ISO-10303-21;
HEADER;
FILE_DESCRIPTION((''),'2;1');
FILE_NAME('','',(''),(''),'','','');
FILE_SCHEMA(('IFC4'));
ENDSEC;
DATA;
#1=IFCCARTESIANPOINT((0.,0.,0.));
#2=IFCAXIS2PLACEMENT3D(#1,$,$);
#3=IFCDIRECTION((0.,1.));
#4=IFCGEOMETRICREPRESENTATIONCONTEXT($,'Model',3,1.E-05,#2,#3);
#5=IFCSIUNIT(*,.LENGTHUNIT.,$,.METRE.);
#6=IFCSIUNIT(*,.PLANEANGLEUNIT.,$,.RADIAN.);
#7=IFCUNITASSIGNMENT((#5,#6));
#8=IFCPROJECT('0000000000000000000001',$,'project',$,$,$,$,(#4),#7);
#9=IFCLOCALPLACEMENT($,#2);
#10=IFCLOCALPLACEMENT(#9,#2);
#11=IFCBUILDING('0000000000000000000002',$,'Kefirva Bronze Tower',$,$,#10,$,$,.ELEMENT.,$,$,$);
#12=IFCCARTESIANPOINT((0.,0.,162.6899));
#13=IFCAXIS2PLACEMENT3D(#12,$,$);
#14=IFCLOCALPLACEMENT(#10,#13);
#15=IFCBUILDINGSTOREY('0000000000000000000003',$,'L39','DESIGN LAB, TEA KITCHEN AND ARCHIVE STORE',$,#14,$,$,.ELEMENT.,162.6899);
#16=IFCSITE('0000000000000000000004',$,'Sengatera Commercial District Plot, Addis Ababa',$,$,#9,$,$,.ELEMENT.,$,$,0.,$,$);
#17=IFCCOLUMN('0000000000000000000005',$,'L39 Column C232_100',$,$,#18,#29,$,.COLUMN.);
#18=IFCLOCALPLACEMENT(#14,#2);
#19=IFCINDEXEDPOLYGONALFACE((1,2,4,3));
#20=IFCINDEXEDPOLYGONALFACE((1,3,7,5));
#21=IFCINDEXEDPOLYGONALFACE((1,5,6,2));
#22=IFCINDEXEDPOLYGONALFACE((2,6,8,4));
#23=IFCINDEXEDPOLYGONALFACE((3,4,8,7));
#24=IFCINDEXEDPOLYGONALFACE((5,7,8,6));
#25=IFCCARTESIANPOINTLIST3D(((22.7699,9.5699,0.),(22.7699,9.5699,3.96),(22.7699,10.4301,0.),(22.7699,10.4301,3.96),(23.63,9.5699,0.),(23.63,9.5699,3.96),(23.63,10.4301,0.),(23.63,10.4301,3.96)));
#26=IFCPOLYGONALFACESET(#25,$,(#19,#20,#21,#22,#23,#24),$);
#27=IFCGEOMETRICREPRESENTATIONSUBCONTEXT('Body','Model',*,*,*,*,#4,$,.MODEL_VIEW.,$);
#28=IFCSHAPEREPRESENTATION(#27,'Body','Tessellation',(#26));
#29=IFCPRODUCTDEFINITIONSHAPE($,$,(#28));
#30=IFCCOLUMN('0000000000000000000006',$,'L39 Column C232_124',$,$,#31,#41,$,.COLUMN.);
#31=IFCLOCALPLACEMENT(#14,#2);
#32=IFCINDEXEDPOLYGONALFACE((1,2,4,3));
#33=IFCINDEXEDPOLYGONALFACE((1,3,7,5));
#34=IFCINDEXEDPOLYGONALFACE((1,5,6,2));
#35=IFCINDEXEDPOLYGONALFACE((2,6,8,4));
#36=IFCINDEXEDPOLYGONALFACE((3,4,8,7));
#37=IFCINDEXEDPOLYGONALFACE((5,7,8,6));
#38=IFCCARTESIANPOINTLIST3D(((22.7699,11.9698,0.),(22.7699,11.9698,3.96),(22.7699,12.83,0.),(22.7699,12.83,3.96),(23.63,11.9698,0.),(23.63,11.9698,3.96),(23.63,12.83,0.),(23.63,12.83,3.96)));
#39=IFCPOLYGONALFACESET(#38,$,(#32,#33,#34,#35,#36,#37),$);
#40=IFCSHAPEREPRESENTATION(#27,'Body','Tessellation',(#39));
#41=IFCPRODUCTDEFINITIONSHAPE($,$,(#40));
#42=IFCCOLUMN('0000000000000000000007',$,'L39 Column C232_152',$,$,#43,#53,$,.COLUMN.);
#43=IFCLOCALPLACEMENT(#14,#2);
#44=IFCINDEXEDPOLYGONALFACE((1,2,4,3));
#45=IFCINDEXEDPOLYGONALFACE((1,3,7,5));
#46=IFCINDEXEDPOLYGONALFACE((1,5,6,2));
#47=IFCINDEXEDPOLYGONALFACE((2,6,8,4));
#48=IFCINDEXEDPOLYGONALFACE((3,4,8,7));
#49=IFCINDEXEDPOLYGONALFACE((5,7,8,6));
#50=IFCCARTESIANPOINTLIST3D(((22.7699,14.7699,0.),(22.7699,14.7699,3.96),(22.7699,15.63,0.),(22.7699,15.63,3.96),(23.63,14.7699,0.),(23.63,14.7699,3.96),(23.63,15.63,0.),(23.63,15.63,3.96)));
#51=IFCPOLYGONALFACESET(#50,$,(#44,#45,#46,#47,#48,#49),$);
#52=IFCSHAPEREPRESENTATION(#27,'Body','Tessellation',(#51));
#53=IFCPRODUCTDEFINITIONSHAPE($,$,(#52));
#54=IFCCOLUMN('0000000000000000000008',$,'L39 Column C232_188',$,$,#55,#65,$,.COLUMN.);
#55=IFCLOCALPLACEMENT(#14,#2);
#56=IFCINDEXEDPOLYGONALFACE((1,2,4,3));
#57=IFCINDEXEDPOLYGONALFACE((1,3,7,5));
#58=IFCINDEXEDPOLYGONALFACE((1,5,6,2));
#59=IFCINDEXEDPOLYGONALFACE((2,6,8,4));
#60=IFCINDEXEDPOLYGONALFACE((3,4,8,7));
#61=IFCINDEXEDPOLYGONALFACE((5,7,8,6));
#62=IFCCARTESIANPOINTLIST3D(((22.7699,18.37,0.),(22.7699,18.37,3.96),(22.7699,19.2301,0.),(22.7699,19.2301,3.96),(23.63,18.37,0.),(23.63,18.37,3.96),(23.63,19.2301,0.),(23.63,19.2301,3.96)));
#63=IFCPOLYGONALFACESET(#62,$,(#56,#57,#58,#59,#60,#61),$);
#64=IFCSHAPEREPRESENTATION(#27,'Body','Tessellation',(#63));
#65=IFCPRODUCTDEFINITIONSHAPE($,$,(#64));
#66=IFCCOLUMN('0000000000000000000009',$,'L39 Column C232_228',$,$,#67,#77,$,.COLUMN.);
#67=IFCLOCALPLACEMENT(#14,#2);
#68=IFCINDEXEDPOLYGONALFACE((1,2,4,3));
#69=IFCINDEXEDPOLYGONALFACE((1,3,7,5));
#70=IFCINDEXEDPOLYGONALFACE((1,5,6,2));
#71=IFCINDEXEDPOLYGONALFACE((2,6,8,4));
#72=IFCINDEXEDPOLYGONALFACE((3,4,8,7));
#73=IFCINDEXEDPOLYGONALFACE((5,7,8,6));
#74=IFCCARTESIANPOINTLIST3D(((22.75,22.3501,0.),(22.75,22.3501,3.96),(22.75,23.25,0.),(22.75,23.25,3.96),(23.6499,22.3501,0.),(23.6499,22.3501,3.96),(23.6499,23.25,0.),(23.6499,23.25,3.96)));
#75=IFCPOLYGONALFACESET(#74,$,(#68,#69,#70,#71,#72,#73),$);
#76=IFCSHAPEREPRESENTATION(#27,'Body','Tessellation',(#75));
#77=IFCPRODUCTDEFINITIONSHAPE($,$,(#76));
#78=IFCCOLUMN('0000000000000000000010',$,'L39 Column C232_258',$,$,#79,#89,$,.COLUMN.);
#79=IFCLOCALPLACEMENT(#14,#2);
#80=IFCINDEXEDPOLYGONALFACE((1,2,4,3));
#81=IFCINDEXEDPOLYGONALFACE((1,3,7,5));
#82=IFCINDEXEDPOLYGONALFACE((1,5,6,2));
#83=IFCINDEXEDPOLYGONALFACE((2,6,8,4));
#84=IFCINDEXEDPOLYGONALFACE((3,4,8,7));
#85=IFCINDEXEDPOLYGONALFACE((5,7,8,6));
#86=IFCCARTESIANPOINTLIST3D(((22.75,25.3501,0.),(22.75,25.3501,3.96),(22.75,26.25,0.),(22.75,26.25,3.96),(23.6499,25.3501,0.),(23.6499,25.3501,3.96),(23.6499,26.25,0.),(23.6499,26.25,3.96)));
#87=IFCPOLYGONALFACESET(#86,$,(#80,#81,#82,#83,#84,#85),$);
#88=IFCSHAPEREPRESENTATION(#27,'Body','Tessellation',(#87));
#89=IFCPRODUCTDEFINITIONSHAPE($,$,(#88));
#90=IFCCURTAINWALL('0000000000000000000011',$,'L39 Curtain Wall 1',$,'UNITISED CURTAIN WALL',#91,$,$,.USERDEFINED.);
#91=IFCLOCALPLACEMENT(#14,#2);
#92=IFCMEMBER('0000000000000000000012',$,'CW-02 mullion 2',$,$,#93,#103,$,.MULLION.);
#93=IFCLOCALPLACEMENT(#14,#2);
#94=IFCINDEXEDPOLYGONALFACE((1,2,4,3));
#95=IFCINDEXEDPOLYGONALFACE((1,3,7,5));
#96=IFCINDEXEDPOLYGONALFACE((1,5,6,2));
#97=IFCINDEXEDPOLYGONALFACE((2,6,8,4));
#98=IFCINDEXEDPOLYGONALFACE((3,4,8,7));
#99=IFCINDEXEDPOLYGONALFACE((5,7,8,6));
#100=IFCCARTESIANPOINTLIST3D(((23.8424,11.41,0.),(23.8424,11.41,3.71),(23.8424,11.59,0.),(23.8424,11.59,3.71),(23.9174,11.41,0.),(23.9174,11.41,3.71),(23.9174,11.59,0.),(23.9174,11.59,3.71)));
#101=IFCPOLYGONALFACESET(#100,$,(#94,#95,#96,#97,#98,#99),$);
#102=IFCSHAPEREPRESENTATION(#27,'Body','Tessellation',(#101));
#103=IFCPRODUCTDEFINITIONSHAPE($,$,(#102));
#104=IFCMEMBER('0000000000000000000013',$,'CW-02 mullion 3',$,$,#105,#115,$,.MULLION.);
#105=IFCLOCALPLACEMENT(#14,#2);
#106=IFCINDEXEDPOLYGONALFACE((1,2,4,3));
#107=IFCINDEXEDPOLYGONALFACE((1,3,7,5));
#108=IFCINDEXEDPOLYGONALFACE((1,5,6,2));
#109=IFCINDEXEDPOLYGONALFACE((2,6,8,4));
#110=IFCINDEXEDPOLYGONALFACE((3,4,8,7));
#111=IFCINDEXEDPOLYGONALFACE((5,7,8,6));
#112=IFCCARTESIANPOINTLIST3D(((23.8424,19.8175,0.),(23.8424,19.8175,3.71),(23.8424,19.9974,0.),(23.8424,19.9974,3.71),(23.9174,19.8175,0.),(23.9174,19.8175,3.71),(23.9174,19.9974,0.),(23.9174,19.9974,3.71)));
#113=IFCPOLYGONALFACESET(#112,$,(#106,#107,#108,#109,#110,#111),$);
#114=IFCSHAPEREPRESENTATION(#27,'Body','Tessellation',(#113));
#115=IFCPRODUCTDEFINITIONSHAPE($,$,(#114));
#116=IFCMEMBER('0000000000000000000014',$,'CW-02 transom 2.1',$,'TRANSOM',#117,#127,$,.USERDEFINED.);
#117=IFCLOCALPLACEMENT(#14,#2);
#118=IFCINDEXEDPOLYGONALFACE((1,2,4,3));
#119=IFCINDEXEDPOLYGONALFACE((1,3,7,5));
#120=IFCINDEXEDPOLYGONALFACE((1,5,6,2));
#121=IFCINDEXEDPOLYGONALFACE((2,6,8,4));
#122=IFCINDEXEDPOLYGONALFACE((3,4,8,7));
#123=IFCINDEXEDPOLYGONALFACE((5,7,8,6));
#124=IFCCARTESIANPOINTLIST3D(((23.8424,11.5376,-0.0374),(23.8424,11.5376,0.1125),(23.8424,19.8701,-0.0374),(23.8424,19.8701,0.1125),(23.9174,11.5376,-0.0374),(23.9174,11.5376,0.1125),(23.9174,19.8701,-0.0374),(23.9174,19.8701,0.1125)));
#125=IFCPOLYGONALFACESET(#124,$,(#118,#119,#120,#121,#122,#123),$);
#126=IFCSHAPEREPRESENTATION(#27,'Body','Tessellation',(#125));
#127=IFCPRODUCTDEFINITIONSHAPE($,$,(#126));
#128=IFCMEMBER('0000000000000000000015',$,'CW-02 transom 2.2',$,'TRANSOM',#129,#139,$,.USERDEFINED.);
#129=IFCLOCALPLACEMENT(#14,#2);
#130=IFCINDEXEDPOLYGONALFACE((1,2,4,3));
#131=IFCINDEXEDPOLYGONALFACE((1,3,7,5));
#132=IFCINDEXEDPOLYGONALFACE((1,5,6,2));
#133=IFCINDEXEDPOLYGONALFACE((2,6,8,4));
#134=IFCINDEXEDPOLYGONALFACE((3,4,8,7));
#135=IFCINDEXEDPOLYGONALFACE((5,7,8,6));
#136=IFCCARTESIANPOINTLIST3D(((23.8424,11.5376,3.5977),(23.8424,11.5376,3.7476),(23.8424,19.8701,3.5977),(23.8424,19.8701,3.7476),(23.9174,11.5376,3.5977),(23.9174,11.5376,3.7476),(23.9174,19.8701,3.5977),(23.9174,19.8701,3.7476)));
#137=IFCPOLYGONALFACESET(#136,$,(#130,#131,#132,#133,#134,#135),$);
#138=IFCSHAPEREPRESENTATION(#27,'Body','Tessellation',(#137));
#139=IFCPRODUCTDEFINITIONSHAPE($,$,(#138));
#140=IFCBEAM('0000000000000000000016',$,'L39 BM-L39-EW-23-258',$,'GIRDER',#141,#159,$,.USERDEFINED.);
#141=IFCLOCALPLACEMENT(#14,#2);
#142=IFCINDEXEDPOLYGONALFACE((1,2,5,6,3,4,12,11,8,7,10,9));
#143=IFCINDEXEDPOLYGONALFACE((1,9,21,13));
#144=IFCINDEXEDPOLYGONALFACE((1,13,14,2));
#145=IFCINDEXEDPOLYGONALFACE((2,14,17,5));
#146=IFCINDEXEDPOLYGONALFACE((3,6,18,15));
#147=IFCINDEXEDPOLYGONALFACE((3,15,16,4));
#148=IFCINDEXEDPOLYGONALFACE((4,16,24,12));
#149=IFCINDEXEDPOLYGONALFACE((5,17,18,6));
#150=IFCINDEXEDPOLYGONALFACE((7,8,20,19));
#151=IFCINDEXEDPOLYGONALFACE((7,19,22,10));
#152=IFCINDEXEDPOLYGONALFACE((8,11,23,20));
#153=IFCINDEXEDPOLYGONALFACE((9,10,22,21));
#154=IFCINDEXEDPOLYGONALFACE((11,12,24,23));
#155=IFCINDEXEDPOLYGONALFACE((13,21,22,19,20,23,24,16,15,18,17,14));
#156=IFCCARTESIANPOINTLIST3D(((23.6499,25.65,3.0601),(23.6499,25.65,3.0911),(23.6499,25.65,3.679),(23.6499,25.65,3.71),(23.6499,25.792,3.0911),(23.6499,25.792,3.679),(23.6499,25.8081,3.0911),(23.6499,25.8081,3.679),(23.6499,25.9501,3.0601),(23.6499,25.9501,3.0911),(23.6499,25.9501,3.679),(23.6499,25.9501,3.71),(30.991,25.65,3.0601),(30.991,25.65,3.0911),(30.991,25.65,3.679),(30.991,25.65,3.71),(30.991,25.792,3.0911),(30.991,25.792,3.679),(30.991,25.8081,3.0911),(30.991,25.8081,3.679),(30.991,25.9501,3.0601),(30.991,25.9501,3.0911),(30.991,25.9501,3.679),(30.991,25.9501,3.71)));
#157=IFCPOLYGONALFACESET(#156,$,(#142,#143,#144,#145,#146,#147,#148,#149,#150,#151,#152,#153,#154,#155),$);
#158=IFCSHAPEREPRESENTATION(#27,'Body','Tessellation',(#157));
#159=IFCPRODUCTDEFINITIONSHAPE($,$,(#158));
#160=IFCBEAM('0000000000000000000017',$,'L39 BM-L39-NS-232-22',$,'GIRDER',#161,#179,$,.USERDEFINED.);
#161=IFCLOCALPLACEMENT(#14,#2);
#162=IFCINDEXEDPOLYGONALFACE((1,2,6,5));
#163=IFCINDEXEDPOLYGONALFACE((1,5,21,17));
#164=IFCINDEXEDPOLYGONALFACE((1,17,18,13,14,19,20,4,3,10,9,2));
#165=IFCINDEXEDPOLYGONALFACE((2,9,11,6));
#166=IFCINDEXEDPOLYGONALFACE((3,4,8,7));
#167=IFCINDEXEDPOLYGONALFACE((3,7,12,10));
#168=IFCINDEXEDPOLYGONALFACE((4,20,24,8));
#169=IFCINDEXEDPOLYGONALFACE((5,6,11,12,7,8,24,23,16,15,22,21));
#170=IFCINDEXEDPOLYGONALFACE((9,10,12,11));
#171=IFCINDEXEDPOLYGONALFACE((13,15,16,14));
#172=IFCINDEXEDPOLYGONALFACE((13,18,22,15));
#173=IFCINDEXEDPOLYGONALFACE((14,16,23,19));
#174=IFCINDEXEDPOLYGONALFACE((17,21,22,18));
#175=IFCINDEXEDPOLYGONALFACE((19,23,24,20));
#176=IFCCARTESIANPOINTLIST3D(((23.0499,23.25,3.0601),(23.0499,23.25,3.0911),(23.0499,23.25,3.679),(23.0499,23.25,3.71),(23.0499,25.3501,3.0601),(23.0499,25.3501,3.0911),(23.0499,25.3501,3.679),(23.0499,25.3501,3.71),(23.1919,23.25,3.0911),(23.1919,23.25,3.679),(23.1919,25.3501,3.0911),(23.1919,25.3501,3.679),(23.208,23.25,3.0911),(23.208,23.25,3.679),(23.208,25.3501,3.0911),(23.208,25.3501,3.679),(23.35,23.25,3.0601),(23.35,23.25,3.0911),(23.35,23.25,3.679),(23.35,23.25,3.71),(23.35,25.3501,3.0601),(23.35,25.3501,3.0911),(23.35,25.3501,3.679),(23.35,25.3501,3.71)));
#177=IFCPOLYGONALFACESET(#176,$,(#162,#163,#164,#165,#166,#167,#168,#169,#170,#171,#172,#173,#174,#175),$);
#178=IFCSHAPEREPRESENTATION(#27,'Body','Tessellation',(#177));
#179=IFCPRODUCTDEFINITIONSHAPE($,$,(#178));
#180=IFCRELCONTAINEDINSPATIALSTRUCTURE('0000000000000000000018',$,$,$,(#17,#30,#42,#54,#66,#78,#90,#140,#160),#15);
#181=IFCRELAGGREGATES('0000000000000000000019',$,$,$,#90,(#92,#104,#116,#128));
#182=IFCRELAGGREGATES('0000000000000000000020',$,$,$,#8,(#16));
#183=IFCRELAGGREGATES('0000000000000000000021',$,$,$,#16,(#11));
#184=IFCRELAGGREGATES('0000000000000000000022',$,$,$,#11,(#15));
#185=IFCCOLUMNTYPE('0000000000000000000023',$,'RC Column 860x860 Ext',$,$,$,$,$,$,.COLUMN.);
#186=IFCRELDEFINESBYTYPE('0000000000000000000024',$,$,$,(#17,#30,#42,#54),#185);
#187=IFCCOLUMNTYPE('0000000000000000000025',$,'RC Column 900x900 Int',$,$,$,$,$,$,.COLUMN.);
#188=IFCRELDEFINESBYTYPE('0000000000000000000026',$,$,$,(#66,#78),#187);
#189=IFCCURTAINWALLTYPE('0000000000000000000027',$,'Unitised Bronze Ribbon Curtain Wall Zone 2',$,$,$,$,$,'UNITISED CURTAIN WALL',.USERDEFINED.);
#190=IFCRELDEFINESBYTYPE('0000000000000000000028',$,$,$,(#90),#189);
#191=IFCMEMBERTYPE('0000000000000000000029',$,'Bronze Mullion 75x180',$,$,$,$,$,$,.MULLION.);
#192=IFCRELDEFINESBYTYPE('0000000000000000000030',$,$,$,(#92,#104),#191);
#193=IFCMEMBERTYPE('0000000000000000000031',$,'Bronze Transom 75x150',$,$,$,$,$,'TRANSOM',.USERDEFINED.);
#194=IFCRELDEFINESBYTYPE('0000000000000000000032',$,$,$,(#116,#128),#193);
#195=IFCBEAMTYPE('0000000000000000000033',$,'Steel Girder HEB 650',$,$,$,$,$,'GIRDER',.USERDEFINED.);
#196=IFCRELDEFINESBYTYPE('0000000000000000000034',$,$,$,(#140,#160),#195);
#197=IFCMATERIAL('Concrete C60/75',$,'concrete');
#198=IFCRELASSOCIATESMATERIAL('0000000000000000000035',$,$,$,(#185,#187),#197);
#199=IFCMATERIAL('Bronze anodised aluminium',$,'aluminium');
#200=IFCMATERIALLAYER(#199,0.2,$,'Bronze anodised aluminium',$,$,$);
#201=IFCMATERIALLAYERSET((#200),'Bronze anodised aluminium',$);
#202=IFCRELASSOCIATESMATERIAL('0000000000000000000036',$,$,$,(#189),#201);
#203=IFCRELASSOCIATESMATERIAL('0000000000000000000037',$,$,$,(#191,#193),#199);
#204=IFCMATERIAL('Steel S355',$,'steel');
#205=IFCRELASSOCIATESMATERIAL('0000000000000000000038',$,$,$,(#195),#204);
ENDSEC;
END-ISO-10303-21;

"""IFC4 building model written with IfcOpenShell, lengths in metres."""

from ifc_helpers import new_model, si_unit, direction, frame, origin, origin_2d, place, context, subcontext, project, spatial, rectangle, i_section, extrude, material, layer, layer_set, material_profile, profile_set, type_object, element, aggregate, save


model = new_model("IFC4")

# Units and contexts
model_context = context("Model", 3, precision=1e-05, world=origin(), true_north=direction((0.0, 1.0)))
body_context = subcontext(model_context, "Body", "Model", "MODEL_VIEW")
ifc_project = project(units=[si_unit("LENGTHUNIT", "METRE"), si_unit("PLANEANGLEUNIT", "RADIAN")], contexts=[model_context])

# Site, building, storey
site_placement = place(None, origin())
site = spatial("IfcSite", under=ifc_project, at=site_placement, Name="Sengatera Commercial District Plot, Addis Ababa", CompositionType="ELEMENT", RefElevation=0.0)
building_placement = place(site_placement, origin())
building = spatial("IfcBuilding", under=site, at=building_placement, Name="Kefirva Bronze Tower", CompositionType="ELEMENT")
storey_placement = place(building_placement, frame((0.0, 0.0, 162.6899)))
storey = spatial("IfcBuildingStorey", under=building, at=storey_placement, Name="L39", Description="DESIGN LAB, TEA KITCHEN AND ARCHIVE STORE", CompositionType="ELEMENT", Elevation=162.6899)

# Columns
ifc_material_1 = material(Name="Concrete C60/75", Category="concrete")
ifc_material_profile_1 = material_profile(ifc_material_1, rectangle(XDim=0.8601, YDim=0.8601, at=origin_2d()), Name="RC 860x860")
ifc_profile_set_1 = profile_set([ifc_material_profile_1], Name="Concrete C60/75")
column_type_1 = type_object("IfcColumnType", Name="RC Column 860x860 Ext", PredefinedType="COLUMN", material=ifc_profile_set_1)
for number, where, z_axis, x_axis, name in (
    (1, (23.2, 10.0, 0.0), (0.0, 0.0, 1.0), (1.0, 0.0, 0.0), "L39 Column C232_100"),
    (2, (23.2, 12.3999, 0.0), (0.0, 0.0, 1.0), (1.0, 0.0, 0.0), "L39 Column C232_124"),
    (3, (23.2, 15.2, 0.0), (0.0, 0.0, 1.0), (1.0, 0.0, 0.0), "L39 Column C232_152"),
    (4, (23.2, 18.8, 0.0), (0.0, 0.0, 1.0), (1.0, 0.0, 0.0), "L39 Column C232_188"),
):
    element("IfcColumn", number, at=place(storey_placement, frame(where, z_axis=z_axis, x_axis=x_axis)), inside=storey, type_object=column_type_1, Name=name, PredefinedType="COLUMN", context=body_context, shape_type="SweptSolid", body=[
        extrude(rectangle(XDim=0.8601, YDim=0.8601, at=origin_2d()), origin(), (0.0, 0.0, 1.0), 3.96),
    ])
ifc_material_profile_2 = material_profile(ifc_material_1, rectangle(XDim=0.8999, YDim=0.8999, at=origin_2d()), Name="RC 900x900")
ifc_profile_set_2 = profile_set([ifc_material_profile_2], Name="Concrete C60/75")
column_type_2 = type_object("IfcColumnType", Name="RC Column 900x900 Int", PredefinedType="COLUMN", material=ifc_profile_set_2)
for number, where, z_axis, x_axis, name in (
    (5, (23.2, 22.8, 0.0), (0.0, 0.0, 1.0), (1.0, 0.0, 0.0), "L39 Column C232_228"),
    (6, (23.2, 25.8, 0.0), (0.0, 0.0, 1.0), (1.0, 0.0, 0.0), "L39 Column C232_258"),
):
    element("IfcColumn", number, at=place(storey_placement, frame(where, z_axis=z_axis, x_axis=x_axis)), inside=storey, type_object=column_type_2, Name=name, PredefinedType="COLUMN", context=body_context, shape_type="SweptSolid", body=[
        extrude(rectangle(XDim=0.8999, YDim=0.8999, at=origin_2d()), origin(), (0.0, 0.0, 1.0), 3.96),
    ])

# Curtain wall, members
ifc_material_2 = material(Name="Bronze anodised aluminium", Category="aluminium")
ifc_layer_1 = layer(ifc_material_2, 0.2, Name="Bronze anodised aluminium")
ifc_layer_set_1 = layer_set([ifc_layer_1], Name="Bronze anodised aluminium")
curtain_wall_type = type_object("IfcCurtainWallType", Name="Unitised Bronze Ribbon Curtain Wall Zone 2", ElementType="UNITISED CURTAIN WALL", PredefinedType="USERDEFINED", material=ifc_layer_set_1)
curtain_wall_placement = place(storey_placement, origin())
curtain_wall = element("IfcCurtainWall", 7, at=curtain_wall_placement, inside=storey, type_object=curtain_wall_type, Name="L39 Curtain Wall 1", ObjectType="UNITISED CURTAIN WALL", PredefinedType="USERDEFINED")
ifc_material_profile_3 = material_profile(ifc_material_2, rectangle(XDim=0.075, YDim=0.1799, at=origin_2d()), Name="ALU 75x180")
ifc_profile_set_3 = profile_set([ifc_material_profile_3], Name="Bronze anodised aluminium")
member_type_1 = type_object("IfcMemberType", Name="Bronze Mullion 75x180", PredefinedType="MULLION", material=ifc_profile_set_3)
member_1_placement = place(storey_placement, frame((23.8799, 11.5, 0.0), z_axis=(0.0, 0.0, 1.0), x_axis=(-1.0, 0.0, 0.0)))
member_1 = element("IfcMember", 8, at=member_1_placement, type_object=member_type_1, Name="CW-02 mullion 2", PredefinedType="MULLION", context=body_context, shape_type="SweptSolid", body=[
    extrude(rectangle(XDim=0.075, YDim=0.1799, at=origin_2d()), origin(), (0.0, 0.0, 1.0), 3.71),
])
member_2_placement = place(storey_placement, frame((23.8799, 19.9075, 0.0), z_axis=(0.0, 0.0, 1.0), x_axis=(-1.0, 0.0, 0.0)))
member_2 = element("IfcMember", 9, at=member_2_placement, type_object=member_type_1, Name="CW-02 mullion 3", PredefinedType="MULLION", context=body_context, shape_type="SweptSolid", body=[
    extrude(rectangle(XDim=0.075, YDim=0.1799, at=origin_2d()), origin(), (0.0, 0.0, 1.0), 3.71),
])
ifc_material_profile_4 = material_profile(ifc_material_2, rectangle(XDim=0.075, YDim=0.1499, at=origin_2d()), Name="ALU 75x150")
ifc_profile_set_4 = profile_set([ifc_material_profile_4], Name="Bronze anodised aluminium")
member_type_2 = type_object("IfcMemberType", Name="Bronze Transom 75x150", ElementType="TRANSOM", PredefinedType="USERDEFINED", material=ifc_profile_set_4)
member_3_placement = place(storey_placement, frame((23.8799, 11.5376, 0.0376), z_axis=(0.0, 1.0, 0.0), x_axis=(-1.0, 0.0, 0.0)))
member_3 = element("IfcMember", 10, at=member_3_placement, type_object=member_type_2, Name="CW-02 transom 2.1", ObjectType="TRANSOM", PredefinedType="USERDEFINED", context=body_context, shape_type="SweptSolid", body=[
    extrude(rectangle(XDim=0.075, YDim=0.1499, at=origin_2d()), origin(), (0.0, 0.0, 1.0), 8.3325),
])
member_4_placement = place(storey_placement, frame((23.8799, 11.5376, 3.6726), z_axis=(0.0, 1.0, 0.0), x_axis=(-1.0, 0.0, 0.0)))
member_4 = element("IfcMember", 11, at=member_4_placement, type_object=member_type_2, Name="CW-02 transom 2.2", ObjectType="TRANSOM", PredefinedType="USERDEFINED", context=body_context, shape_type="SweptSolid", body=[
    extrude(rectangle(XDim=0.075, YDim=0.1499, at=origin_2d()), origin(), (0.0, 0.0, 1.0), 8.3325),
])

# Beams
ifc_material_3 = material(Name="Steel S355", Category="steel")
ifc_material_profile_5 = material_profile(ifc_material_3, i_section(OverallWidth=0.3, OverallDepth=0.6499, WebThickness=0.0161, FlangeThickness=0.031, at=origin_2d()), Name="HEB 650")
ifc_profile_set_5 = profile_set([ifc_material_profile_5], Name="Steel S355")
beam_type_1 = type_object("IfcBeamType", Name="Steel Girder HEB 650", ElementType="GIRDER", PredefinedType="USERDEFINED", material=ifc_profile_set_5)
beam_1_placement = place(storey_placement, frame((23.6499, 25.8, 3.385), z_axis=(1.0, 0.0, 0.0), x_axis=(0.0, 1.0, 0.0)))
element("IfcBeam", 12, at=beam_1_placement, inside=storey, type_object=beam_type_1, Name="L39 BM-L39-EW-23-258", ObjectType="GIRDER", PredefinedType="USERDEFINED", context=body_context, shape_type="SweptSolid", body=[
    extrude(i_section(OverallWidth=0.3, OverallDepth=0.6499, WebThickness=0.0161, FlangeThickness=0.031, at=origin_2d()), origin(), (0.0, 0.0, 1.0), 7.3411),
])
beam_2_placement = place(storey_placement, frame((23.2, 23.25, 3.385), z_axis=(0.0, 1.0, 0.0), x_axis=(-1.0, 0.0, 0.0)))
element("IfcBeam", 13, at=beam_2_placement, inside=storey, type_object=beam_type_1, Name="L39 BM-L39-NS-232-22", ObjectType="GIRDER", PredefinedType="USERDEFINED", context=body_context, shape_type="SweptSolid", body=[
    extrude(i_section(OverallWidth=0.3, OverallDepth=0.6499, WebThickness=0.0161, FlangeThickness=0.031, at=origin_2d()), origin(), (0.0, 0.0, 1.0), 2.1001),
])

aggregate(curtain_wall, [member_1, member_2, member_3, member_4])

save(model, "model.ifc")
